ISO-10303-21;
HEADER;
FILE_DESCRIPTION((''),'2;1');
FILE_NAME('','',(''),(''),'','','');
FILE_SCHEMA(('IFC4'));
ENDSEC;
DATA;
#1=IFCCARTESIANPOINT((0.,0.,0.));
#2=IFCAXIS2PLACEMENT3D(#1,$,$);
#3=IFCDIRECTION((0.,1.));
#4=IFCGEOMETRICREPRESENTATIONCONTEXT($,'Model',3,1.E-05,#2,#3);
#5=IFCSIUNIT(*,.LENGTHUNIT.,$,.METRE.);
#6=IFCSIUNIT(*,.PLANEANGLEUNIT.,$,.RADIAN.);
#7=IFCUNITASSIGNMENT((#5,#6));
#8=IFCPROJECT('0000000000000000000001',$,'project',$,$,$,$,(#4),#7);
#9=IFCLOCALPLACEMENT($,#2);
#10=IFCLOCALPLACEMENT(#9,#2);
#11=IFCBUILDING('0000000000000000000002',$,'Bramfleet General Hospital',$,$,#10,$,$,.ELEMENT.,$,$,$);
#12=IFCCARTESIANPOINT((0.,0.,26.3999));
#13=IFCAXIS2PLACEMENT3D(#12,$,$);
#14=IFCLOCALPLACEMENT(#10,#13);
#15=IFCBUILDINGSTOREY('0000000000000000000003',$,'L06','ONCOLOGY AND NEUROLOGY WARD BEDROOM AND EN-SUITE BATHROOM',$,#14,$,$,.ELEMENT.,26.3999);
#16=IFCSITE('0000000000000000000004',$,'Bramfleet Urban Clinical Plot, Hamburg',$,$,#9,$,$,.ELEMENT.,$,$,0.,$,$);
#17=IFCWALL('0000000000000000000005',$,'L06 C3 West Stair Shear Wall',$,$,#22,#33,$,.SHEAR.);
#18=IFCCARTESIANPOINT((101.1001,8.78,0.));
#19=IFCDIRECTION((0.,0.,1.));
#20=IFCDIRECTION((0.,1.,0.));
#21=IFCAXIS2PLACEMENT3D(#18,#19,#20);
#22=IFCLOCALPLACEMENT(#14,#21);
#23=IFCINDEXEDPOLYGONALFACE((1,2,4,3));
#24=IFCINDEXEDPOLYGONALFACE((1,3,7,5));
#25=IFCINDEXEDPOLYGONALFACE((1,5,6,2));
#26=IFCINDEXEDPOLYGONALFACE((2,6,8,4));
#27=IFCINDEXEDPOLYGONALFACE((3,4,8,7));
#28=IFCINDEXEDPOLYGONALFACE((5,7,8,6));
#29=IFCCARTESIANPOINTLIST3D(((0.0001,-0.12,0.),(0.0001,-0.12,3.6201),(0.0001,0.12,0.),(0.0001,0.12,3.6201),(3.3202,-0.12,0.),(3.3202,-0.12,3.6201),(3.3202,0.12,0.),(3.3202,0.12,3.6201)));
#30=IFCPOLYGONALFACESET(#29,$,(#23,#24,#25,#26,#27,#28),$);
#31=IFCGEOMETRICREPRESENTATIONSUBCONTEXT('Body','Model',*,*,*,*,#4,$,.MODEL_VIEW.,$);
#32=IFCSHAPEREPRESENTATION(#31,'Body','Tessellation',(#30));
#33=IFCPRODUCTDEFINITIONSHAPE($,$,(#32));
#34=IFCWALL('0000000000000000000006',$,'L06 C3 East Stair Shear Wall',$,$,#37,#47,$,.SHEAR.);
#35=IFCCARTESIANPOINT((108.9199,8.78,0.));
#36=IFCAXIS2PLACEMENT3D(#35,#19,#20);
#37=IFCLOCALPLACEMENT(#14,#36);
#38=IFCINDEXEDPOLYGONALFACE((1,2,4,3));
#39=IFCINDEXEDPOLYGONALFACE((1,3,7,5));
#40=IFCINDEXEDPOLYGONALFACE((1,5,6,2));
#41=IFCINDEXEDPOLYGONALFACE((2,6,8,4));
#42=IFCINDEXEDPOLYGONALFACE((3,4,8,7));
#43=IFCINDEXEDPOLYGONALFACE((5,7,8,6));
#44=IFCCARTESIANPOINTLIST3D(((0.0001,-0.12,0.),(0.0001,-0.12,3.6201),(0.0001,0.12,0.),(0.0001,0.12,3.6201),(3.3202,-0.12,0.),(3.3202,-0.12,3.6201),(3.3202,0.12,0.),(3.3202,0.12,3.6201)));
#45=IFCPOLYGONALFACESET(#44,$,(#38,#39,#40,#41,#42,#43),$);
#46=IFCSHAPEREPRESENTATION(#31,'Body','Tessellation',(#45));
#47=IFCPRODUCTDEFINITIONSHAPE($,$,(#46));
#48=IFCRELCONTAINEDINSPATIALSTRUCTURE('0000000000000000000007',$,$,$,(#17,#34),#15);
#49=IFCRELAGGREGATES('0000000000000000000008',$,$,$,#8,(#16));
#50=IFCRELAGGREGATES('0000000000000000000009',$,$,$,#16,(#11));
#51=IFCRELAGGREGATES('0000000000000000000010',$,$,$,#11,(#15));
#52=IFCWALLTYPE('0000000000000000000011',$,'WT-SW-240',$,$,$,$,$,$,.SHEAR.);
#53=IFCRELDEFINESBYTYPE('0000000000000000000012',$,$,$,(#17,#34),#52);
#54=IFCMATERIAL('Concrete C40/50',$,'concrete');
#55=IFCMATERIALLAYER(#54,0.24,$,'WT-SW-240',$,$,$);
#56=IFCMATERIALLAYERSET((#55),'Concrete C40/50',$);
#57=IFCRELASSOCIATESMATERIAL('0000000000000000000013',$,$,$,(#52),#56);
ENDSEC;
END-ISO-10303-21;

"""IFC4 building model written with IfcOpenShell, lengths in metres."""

from ifc_helpers import new_model, si_unit, direction, frame, frame_2d, origin, place, context, subcontext, project, spatial, rectangle, extrude, material, layer, layer_set, type_object, element, save


model = new_model("IFC4")

# Units and contexts
model_context = context("Model", 3, precision=1e-05, world=origin(), true_north=direction((0.0, 1.0)))
body_context = subcontext(model_context, "Body", "Model", "MODEL_VIEW")
ifc_project = project(units=[si_unit("LENGTHUNIT", "METRE"), si_unit("PLANEANGLEUNIT", "RADIAN")], contexts=[model_context])

# Site, building, storey
site_placement = place(None, origin())
site = spatial("IfcSite", under=ifc_project, at=site_placement, Name="Bramfleet Urban Clinical Plot, Hamburg", CompositionType="ELEMENT", RefElevation=0.0)
building_placement = place(site_placement, origin())
building = spatial("IfcBuilding", under=site, at=building_placement, Name="Bramfleet General Hospital", CompositionType="ELEMENT")
storey_placement = place(building_placement, frame((0.0, 0.0, 26.3999)))
storey = spatial("IfcBuildingStorey", under=building, at=storey_placement, Name="L06", Description="ONCOLOGY AND NEUROLOGY WARD BEDROOM AND EN-SUITE BATHROOM", CompositionType="ELEMENT", Elevation=26.3999)

# Walls
ifc_material_1 = material(Name="Concrete C40/50", Category="concrete")
ifc_layer_1 = layer(ifc_material_1, 0.24, Name="WT-SW-240")
ifc_layer_set_1 = layer_set([ifc_layer_1], Name="Concrete C40/50")
wall_type_1 = type_object("IfcWallType", Name="WT-SW-240", PredefinedType="SHEAR", material=ifc_layer_set_1)
for number, where, z_axis, x_axis, name in (
    (1, (101.1001, 8.78, 0.0), (0.0, 0.0, 1.0), (0.0, 1.0, 0.0), "L06 C3 West Stair Shear Wall"),
    (2, (108.9199, 8.78, 0.0), (0.0, 0.0, 1.0), (0.0, 1.0, 0.0), "L06 C3 East Stair Shear Wall"),
):
    element("IfcWall", number, at=place(storey_placement, frame(where, z_axis=z_axis, x_axis=x_axis)), inside=storey, type_object=wall_type_1, Name=name, PredefinedType="SHEAR", context=body_context, shape_type="SweptSolid", body=[
        extrude(rectangle(XDim=3.3201, YDim=0.24, at=frame_2d((1.6602, 0.0))), origin(), (0.0, 0.0, 1.0), 3.6201),
    ])

save(model, "model.ifc")
